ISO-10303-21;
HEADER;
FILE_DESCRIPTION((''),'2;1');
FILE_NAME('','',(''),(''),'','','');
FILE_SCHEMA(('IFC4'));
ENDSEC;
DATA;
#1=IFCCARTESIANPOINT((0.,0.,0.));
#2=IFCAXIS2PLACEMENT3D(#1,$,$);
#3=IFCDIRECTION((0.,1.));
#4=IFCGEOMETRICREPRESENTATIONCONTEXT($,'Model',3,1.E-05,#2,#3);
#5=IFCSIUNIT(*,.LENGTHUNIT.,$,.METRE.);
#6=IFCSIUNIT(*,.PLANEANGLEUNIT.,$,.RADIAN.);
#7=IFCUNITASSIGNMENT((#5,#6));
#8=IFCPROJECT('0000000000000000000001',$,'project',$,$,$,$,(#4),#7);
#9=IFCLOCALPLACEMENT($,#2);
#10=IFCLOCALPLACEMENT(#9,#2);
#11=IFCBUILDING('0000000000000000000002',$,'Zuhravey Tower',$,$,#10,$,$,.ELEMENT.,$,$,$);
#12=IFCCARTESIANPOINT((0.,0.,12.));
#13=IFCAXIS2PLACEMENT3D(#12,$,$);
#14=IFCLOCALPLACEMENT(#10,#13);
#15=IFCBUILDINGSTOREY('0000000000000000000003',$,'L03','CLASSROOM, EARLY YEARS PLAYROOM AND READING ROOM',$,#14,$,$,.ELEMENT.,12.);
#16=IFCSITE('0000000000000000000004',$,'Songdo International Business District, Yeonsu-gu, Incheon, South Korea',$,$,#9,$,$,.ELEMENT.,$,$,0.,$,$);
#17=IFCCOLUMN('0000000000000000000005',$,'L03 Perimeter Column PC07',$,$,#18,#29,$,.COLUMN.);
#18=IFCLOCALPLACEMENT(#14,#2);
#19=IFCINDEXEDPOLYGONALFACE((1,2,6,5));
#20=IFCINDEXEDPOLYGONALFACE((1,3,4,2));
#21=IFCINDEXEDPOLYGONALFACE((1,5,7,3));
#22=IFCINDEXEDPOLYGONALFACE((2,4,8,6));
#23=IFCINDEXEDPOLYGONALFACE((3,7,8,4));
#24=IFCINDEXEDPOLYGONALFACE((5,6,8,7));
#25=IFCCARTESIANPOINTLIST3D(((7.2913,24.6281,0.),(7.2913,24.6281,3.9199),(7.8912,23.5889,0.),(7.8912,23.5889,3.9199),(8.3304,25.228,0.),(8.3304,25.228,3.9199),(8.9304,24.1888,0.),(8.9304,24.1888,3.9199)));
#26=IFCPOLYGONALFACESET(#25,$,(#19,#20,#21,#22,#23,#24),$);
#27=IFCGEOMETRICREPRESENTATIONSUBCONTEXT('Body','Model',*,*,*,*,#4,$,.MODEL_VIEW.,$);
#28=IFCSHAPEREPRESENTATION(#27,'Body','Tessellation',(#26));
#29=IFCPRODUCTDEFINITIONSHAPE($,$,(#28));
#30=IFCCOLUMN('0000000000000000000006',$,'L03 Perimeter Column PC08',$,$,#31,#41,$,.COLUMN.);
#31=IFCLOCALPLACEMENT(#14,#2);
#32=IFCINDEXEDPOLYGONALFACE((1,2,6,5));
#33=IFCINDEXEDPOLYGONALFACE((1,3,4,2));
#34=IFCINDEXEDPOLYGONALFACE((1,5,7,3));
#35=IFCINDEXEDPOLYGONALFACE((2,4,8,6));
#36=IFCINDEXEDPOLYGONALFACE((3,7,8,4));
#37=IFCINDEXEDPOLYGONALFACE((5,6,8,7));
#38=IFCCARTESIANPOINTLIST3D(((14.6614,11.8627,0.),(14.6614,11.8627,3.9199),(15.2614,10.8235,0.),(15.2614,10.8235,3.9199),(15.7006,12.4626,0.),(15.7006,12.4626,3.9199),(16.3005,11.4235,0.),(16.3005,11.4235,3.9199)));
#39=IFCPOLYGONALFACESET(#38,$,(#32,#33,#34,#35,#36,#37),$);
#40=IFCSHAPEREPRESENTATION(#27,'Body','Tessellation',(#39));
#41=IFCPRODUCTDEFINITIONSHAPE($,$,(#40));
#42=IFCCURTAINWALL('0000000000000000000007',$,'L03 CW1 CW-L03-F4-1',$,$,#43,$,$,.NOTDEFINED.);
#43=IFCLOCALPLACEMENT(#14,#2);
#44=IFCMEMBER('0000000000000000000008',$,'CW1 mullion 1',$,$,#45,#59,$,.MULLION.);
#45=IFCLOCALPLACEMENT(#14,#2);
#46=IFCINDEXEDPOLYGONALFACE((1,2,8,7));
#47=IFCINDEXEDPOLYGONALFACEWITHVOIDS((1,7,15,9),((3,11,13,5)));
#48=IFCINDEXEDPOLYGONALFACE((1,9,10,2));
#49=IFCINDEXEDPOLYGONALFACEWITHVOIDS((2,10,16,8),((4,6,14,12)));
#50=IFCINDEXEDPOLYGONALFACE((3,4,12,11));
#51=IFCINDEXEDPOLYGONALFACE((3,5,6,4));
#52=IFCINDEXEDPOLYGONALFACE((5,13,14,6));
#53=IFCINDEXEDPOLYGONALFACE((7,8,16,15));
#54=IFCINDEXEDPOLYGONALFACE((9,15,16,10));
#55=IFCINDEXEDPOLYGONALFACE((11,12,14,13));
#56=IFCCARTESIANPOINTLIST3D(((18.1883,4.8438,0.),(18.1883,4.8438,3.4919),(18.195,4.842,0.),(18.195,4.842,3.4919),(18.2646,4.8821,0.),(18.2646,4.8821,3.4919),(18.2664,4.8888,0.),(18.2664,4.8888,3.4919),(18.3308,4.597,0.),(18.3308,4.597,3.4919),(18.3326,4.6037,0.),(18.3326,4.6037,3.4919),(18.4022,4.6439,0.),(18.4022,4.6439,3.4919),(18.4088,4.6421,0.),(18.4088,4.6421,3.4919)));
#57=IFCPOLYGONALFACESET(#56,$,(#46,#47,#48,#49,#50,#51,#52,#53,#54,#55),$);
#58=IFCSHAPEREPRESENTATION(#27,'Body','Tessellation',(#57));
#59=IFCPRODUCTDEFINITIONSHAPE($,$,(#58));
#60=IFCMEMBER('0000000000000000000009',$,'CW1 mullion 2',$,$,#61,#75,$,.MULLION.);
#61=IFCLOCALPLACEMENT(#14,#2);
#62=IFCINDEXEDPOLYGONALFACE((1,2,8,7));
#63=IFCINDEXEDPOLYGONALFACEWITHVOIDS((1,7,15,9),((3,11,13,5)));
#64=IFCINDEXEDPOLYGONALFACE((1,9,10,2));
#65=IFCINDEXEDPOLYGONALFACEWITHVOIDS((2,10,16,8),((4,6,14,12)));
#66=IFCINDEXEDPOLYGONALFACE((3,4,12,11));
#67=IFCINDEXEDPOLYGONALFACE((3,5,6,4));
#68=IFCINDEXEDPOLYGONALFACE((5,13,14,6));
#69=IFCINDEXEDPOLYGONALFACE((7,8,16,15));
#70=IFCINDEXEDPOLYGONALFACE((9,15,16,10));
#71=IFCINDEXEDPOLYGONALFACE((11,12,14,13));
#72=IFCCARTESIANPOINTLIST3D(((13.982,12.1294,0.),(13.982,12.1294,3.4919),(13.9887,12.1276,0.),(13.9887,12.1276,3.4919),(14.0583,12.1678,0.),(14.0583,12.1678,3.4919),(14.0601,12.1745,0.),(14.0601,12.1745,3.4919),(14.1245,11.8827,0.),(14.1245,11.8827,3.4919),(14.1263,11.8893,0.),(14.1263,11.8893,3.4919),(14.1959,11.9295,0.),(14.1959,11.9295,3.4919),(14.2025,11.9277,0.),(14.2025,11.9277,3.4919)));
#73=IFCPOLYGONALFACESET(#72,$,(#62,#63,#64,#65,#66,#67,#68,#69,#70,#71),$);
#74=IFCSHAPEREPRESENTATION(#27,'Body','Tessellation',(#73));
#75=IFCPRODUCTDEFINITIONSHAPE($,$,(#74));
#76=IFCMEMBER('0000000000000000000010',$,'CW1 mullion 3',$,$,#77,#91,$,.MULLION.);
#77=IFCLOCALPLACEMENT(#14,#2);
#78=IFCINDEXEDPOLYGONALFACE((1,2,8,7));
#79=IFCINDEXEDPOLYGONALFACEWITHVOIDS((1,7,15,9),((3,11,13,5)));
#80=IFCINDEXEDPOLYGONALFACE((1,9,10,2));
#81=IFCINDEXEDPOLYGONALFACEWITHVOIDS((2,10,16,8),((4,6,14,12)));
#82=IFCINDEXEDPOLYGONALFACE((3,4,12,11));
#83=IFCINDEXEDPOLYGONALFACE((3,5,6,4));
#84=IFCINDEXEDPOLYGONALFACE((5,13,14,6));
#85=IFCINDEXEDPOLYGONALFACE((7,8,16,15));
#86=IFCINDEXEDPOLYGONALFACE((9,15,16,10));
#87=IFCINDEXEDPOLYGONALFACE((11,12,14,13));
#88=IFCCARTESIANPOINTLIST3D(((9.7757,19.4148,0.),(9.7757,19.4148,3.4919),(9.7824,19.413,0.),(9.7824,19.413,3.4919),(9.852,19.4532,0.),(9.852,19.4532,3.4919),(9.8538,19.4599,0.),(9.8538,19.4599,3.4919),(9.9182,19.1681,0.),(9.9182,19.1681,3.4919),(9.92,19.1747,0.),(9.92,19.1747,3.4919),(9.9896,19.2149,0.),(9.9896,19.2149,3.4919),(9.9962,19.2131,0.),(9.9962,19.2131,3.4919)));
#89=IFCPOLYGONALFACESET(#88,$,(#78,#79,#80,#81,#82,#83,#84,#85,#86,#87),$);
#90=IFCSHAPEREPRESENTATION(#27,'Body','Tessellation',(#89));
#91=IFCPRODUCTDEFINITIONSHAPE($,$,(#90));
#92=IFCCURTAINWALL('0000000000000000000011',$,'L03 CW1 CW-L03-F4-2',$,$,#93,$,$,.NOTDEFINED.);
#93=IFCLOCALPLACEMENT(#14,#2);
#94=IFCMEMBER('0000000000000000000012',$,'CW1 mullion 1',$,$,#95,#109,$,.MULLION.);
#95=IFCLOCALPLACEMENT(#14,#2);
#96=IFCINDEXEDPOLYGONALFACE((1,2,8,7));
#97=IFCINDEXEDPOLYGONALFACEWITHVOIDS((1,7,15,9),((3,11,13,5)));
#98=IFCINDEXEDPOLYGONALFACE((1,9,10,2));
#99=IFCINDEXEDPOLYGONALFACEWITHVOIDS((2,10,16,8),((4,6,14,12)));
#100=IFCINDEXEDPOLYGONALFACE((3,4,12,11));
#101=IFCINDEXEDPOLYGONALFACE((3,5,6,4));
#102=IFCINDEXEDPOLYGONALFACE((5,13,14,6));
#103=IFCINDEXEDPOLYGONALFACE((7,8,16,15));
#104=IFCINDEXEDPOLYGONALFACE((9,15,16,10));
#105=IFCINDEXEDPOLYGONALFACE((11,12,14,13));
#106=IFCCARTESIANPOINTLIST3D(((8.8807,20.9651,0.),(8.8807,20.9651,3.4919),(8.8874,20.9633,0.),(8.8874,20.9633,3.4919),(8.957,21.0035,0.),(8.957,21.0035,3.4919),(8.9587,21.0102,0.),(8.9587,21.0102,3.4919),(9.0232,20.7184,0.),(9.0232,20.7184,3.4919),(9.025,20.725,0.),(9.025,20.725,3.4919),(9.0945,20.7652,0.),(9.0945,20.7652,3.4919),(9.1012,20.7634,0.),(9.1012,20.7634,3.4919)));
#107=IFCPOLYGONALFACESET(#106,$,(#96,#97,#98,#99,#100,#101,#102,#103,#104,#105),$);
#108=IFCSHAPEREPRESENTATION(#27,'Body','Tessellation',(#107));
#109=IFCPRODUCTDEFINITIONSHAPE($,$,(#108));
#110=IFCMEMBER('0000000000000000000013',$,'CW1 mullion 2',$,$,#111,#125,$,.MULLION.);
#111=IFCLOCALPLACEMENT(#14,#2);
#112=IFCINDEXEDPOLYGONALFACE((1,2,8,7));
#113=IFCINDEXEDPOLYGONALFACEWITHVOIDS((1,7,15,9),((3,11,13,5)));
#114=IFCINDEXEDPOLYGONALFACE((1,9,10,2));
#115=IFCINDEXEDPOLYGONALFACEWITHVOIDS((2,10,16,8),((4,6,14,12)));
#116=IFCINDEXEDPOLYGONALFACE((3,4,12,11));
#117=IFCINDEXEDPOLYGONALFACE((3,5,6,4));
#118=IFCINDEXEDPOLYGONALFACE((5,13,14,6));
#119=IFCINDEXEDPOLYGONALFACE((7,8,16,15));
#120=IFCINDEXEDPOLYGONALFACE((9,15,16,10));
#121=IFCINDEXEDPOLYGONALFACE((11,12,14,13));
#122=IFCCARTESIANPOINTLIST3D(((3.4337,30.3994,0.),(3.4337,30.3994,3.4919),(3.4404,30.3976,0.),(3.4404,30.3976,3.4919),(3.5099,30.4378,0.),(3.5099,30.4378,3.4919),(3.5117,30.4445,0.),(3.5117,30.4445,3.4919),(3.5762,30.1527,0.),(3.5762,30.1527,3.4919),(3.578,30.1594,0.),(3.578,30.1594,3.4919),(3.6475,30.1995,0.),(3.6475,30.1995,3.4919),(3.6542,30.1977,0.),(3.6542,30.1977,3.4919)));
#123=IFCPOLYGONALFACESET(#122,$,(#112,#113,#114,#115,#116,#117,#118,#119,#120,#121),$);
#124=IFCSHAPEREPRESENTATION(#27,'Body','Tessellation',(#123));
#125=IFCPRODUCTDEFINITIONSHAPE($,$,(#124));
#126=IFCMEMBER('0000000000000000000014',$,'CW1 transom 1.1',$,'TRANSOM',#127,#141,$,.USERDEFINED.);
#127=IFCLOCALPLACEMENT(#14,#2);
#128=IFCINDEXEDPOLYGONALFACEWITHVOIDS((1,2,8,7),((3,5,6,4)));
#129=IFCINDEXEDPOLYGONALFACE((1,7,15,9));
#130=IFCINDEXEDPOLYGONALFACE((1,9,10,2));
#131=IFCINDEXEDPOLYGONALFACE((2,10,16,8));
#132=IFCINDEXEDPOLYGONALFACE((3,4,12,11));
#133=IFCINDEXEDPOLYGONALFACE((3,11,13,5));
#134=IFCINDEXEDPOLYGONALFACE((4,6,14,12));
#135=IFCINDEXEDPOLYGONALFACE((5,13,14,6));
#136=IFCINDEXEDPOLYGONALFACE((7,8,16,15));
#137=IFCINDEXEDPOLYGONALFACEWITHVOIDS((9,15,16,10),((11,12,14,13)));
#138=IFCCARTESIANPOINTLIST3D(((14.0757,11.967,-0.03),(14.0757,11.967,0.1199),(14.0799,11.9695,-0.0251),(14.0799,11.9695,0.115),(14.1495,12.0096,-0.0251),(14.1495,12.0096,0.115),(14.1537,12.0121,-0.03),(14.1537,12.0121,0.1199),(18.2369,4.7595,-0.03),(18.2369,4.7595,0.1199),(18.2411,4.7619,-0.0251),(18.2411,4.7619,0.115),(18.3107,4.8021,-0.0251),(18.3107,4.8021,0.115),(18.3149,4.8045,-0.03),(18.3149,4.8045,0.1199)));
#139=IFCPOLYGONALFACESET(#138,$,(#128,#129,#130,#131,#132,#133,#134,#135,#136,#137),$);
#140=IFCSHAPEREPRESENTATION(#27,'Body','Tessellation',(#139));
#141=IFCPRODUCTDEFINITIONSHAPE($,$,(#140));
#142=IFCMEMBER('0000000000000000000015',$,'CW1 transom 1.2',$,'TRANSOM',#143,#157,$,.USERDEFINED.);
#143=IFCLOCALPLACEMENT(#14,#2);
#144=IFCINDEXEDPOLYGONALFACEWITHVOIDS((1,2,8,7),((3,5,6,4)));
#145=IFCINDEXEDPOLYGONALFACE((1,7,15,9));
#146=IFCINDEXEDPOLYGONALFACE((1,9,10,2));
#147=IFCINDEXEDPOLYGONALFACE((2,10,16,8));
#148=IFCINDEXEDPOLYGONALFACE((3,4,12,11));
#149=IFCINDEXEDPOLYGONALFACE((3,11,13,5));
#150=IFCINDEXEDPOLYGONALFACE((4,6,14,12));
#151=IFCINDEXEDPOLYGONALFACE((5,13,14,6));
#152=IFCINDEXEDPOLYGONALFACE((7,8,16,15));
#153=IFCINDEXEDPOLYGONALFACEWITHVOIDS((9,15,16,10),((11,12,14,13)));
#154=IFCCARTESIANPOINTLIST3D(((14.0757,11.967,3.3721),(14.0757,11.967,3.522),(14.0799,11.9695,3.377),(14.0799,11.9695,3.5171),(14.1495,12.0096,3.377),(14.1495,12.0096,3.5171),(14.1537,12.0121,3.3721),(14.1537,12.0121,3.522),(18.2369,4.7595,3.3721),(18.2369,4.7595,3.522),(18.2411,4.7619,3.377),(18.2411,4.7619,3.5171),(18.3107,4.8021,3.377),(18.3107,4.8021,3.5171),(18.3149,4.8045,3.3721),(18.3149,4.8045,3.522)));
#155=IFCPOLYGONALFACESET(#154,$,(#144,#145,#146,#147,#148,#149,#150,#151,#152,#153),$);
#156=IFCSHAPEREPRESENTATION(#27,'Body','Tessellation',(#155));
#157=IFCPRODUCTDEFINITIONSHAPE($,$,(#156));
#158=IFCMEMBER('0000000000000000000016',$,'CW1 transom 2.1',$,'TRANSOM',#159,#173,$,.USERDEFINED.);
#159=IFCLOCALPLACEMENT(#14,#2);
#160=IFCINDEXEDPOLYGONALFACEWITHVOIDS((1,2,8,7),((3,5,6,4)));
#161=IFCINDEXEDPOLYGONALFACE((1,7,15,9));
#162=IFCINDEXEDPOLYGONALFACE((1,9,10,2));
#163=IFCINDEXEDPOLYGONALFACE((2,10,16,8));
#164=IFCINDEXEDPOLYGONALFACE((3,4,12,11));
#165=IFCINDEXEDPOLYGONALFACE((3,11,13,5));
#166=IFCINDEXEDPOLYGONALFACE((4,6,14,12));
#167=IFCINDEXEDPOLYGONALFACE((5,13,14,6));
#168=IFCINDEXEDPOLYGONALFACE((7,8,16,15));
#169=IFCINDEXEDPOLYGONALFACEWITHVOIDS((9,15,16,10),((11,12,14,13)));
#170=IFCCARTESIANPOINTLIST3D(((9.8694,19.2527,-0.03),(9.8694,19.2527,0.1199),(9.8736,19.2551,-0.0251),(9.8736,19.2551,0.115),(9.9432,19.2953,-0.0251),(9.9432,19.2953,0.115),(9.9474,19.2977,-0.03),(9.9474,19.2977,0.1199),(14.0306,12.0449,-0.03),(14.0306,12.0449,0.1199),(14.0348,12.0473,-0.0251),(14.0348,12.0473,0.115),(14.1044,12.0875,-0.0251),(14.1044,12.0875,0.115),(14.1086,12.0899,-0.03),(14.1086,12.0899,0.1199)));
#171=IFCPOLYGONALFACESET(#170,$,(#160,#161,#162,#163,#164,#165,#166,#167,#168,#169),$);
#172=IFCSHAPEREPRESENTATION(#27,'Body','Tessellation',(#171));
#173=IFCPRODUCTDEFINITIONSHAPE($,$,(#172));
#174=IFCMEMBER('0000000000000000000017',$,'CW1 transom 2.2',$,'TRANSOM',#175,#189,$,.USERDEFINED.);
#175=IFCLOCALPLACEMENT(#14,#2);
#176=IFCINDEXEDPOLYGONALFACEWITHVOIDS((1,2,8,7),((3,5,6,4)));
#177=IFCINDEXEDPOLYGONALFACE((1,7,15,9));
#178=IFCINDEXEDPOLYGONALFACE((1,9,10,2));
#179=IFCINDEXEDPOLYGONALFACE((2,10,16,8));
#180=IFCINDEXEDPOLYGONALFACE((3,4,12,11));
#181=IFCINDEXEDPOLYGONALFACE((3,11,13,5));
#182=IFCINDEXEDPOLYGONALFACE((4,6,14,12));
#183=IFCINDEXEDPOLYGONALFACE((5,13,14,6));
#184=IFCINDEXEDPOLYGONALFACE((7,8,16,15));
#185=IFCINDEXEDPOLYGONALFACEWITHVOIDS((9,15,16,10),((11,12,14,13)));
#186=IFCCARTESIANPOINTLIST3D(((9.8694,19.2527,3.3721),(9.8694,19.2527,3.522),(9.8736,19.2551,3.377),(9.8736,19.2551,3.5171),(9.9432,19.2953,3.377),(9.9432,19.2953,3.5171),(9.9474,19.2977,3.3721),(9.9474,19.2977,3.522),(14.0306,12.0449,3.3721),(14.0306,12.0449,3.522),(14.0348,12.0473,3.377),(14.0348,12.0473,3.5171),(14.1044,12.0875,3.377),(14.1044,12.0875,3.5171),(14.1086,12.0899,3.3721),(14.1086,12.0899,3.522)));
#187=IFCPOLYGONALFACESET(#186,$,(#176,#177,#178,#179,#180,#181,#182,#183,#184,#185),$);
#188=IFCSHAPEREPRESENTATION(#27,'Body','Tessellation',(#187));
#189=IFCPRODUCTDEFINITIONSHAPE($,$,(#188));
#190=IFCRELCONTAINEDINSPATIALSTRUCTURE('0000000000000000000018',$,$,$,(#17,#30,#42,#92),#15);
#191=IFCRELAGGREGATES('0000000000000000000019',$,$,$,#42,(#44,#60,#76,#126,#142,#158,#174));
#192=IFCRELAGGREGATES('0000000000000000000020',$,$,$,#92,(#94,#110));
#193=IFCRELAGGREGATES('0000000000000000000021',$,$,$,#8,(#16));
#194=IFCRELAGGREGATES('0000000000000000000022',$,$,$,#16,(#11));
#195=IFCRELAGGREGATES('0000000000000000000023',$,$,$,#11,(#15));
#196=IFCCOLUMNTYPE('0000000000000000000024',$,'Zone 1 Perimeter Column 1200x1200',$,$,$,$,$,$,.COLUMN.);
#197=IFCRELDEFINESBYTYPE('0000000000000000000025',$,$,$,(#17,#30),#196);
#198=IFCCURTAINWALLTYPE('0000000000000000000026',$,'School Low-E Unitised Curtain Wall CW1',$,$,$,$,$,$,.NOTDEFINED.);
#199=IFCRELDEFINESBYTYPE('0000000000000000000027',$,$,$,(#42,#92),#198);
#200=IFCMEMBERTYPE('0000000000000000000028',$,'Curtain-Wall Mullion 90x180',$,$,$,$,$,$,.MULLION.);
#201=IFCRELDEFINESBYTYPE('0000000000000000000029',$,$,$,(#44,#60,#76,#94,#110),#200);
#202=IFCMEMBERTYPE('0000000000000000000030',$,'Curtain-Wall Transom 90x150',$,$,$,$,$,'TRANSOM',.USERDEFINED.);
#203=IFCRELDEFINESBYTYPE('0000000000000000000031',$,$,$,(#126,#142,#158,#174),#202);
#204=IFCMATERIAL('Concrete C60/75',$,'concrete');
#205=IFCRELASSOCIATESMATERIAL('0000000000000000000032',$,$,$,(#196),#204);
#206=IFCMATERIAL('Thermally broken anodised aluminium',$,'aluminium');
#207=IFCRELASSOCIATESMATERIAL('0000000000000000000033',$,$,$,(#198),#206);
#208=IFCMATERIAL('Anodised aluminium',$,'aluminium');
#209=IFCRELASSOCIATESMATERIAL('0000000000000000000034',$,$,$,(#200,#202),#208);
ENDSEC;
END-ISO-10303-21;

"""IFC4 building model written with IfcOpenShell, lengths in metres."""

from ifc_helpers import new_model, si_unit, direction, frame, origin, origin_2d, place, context, subcontext, project, spatial, rectangle, hollow_rectangle, extrude, material, material_profile, profile_set, type_object, element, aggregate, save


model = new_model("IFC4")

# Units and contexts
model_context = context("Model", 3, precision=1e-05, world=origin(), true_north=direction((0.0, 1.0)))
body_context = subcontext(model_context, "Body", "Model", "MODEL_VIEW")
ifc_project = project(units=[si_unit("LENGTHUNIT", "METRE"), si_unit("PLANEANGLEUNIT", "RADIAN")], contexts=[model_context])

# Site, building, storey
site_placement = place(None, origin())
site = spatial("IfcSite", under=ifc_project, at=site_placement, Name="Songdo International Business District, Yeonsu-gu, Incheon, South Korea", CompositionType="ELEMENT", RefElevation=0.0)
building_placement = place(site_placement, origin())
building = spatial("IfcBuilding", under=site, at=building_placement, Name="Zuhravey Tower", CompositionType="ELEMENT")
storey_placement = place(building_placement, frame((0.0, 0.0, 12.0)))
storey = spatial("IfcBuildingStorey", under=building, at=storey_placement, Name="L03", Description="CLASSROOM, EARLY YEARS PLAYROOM AND READING ROOM", CompositionType="ELEMENT", Elevation=12.0)

# Columns
ifc_material_1 = material(Name="Concrete C60/75", Category="concrete")
ifc_material_profile_1 = material_profile(ifc_material_1, rectangle(XDim=1.2, YDim=1.2, at=origin_2d()), Name="RC-1200x1200")
ifc_profile_set_1 = profile_set([ifc_material_profile_1], Name="Concrete C60/75")
column_type = type_object("IfcColumnType", Name="Zone 1 Perimeter Column 1200x1200", PredefinedType="COLUMN", material=ifc_profile_set_1)
for number, where, z_axis, x_axis, name in (
    (1, (8.1108, 24.4084, 0.0), (0.0, 0.0, 1.0), (0.5, -0.866025, 0.0), "L03 Perimeter Column PC07"),
    (2, (15.481, 11.6431, 0.0), (0.0, 0.0, 1.0), (0.5, -0.866025, 0.0), "L03 Perimeter Column PC08"),
):
    element("IfcColumn", number, at=place(storey_placement, frame(where, z_axis=z_axis, x_axis=x_axis)), inside=storey, type_object=column_type, Name=name, PredefinedType="COLUMN", context=body_context, shape_type="SweptSolid", body=[
        extrude(rectangle(XDim=1.2, YDim=1.2, at=origin_2d()), origin(), (0.0, 0.0, 1.0), 3.9199),
    ])

# Curtain walls, members
ifc_material_2 = material(Name="Thermally broken anodised aluminium", Category="aluminium")
curtain_wall_type = type_object("IfcCurtainWallType", Name="School Low-E Unitised Curtain Wall CW1", PredefinedType="NOTDEFINED", material=ifc_material_2)
curtain_wall_1_placement = place(storey_placement, origin())
curtain_wall_1 = element("IfcCurtainWall", 3, at=curtain_wall_1_placement, inside=storey, type_object=curtain_wall_type, Name="L03 CW1 CW-L03-F4-1", PredefinedType="NOTDEFINED")
ifc_material_3 = material(Name="Anodised aluminium", Category="aluminium")
ifc_material_profile_2 = material_profile(ifc_material_3, hollow_rectangle(XDim=0.0901, YDim=0.2849, WallThickness=0.0049, at=origin_2d()), Name="ALU-RHS-90x285x5")
ifc_profile_set_2 = profile_set([ifc_material_profile_2], Name="Anodised aluminium")
member_type_1 = type_object("IfcMemberType", Name="Curtain-Wall Mullion 90x180", PredefinedType="MULLION", material=ifc_profile_set_2)
member_1_placement = place(storey_placement, frame((18.2986, 4.7429, 0.0), z_axis=(0.0, 0.0, 1.0), x_axis=(-0.866026, -0.5, 0.0)))
member_1 = element("IfcMember", 4, at=member_1_placement, type_object=member_type_1, Name="CW1 mullion 1", PredefinedType="MULLION", context=body_context, shape_type="SweptSolid", body=[
    extrude(hollow_rectangle(XDim=0.0901, YDim=0.2849, WallThickness=0.0049, at=origin_2d()), origin(), (0.0, 0.0, 1.0), 3.4919),
])
member_2_placement = place(storey_placement, frame((14.0923, 12.0286, 0.0), z_axis=(0.0, 0.0, 1.0), x_axis=(-0.866026, -0.5, 0.0)))
member_2 = element("IfcMember", 5, at=member_2_placement, type_object=member_type_1, Name="CW1 mullion 2", PredefinedType="MULLION", context=body_context, shape_type="SweptSolid", body=[
    extrude(hollow_rectangle(XDim=0.0901, YDim=0.2849, WallThickness=0.0049, at=origin_2d()), origin(), (0.0, 0.0, 1.0), 3.4919),
])
member_3_placement = place(storey_placement, frame((9.886, 19.314, 0.0), z_axis=(0.0, 0.0, 1.0), x_axis=(-0.866026, -0.5, 0.0)))
member_3 = element("IfcMember", 6, at=member_3_placement, type_object=member_type_1, Name="CW1 mullion 3", PredefinedType="MULLION", context=body_context, shape_type="SweptSolid", body=[
    extrude(hollow_rectangle(XDim=0.0901, YDim=0.2849, WallThickness=0.0049, at=origin_2d()), origin(), (0.0, 0.0, 1.0), 3.4919),
])
curtain_wall_2_placement = place(storey_placement, origin())
curtain_wall_2 = element("IfcCurtainWall", 7, at=curtain_wall_2_placement, inside=storey, type_object=curtain_wall_type, Name="L03 CW1 CW-L03-F4-2", PredefinedType="NOTDEFINED")
member_4_placement = place(storey_placement, frame((8.991, 20.8643, 0.0), z_axis=(0.0, 0.0, 1.0), x_axis=(-0.866027, -0.499998, 0.0)))
member_4 = element("IfcMember", 8, at=member_4_placement, type_object=member_type_1, Name="CW1 mullion 1", PredefinedType="MULLION", context=body_context, shape_type="SweptSolid", body=[
    extrude(hollow_rectangle(XDim=0.0901, YDim=0.2849, WallThickness=0.0049, at=origin_2d()), origin(), (0.0, 0.0, 1.0), 3.4919),
])
member_5_placement = place(storey_placement, frame((3.5439, 30.2986, 0.0), z_axis=(0.0, 0.0, 1.0), x_axis=(-0.866027, -0.499998, 0.0)))
member_5 = element("IfcMember", 9, at=member_5_placement, type_object=member_type_1, Name="CW1 mullion 2", PredefinedType="MULLION", context=body_context, shape_type="SweptSolid", body=[
    extrude(hollow_rectangle(XDim=0.0901, YDim=0.2849, WallThickness=0.0049, at=origin_2d()), origin(), (0.0, 0.0, 1.0), 3.4919),
])

# Members
ifc_material_profile_3 = material_profile(ifc_material_3, hollow_rectangle(XDim=0.0901, YDim=0.1499, WallThickness=0.0049, at=origin_2d()), Name="ALU-RHS-90x150x5")
ifc_profile_set_3 = profile_set([ifc_material_profile_3], Name="Anodised aluminium")
member_type_2 = type_object("IfcMemberType", Name="Curtain-Wall Transom 90x150", ElementType="TRANSOM", PredefinedType="USERDEFINED", material=ifc_profile_set_3)
member_6_placement = place(storey_placement, frame((18.2759, 4.782, 0.0449), z_axis=(-0.499988, 0.866032, 0.0), x_axis=(-0.866032, -0.499988, 0.0)))
member_6 = element("IfcMember", 10, at=member_6_placement, type_object=member_type_2, Name="CW1 transom 1.1", ObjectType="TRANSOM", PredefinedType="USERDEFINED", context=body_context, shape_type="SweptSolid", body=[
    extrude(hollow_rectangle(XDim=0.0901, YDim=0.1499, WallThickness=0.0049, at=origin_2d()), origin(), (0.0, 0.0, 1.0), 8.3225),
])
member_7_placement = place(storey_placement, frame((18.2759, 4.782, 3.447), z_axis=(-0.499988, 0.866032, 0.0), x_axis=(-0.866032, -0.499988, 0.0)))
member_7 = element("IfcMember", 11, at=member_7_placement, type_object=member_type_2, Name="CW1 transom 1.2", ObjectType="TRANSOM", PredefinedType="USERDEFINED", context=body_context, shape_type="SweptSolid", body=[
    extrude(hollow_rectangle(XDim=0.0901, YDim=0.1499, WallThickness=0.0049, at=origin_2d()), origin(), (0.0, 0.0, 1.0), 8.3225),
])
member_8_placement = place(storey_placement, frame((14.0696, 12.0674, 0.0449), z_axis=(-0.499976, 0.86604, 0.0), x_axis=(-0.86604, -0.499976, 0.0)))
member_8 = element("IfcMember", 12, at=member_8_placement, type_object=member_type_2, Name="CW1 transom 2.1", ObjectType="TRANSOM", PredefinedType="USERDEFINED", context=body_context, shape_type="SweptSolid", body=[
    extrude(hollow_rectangle(XDim=0.0901, YDim=0.1499, WallThickness=0.0049, at=origin_2d()), origin(), (0.0, 0.0, 1.0), 8.3228),
])
member_9_placement = place(storey_placement, frame((14.0696, 12.0674, 3.447), z_axis=(-0.499976, 0.86604, 0.0), x_axis=(-0.86604, -0.499976, 0.0)))
member_9 = element("IfcMember", 13, at=member_9_placement, type_object=member_type_2, Name="CW1 transom 2.2", ObjectType="TRANSOM", PredefinedType="USERDEFINED", context=body_context, shape_type="SweptSolid", body=[
    extrude(hollow_rectangle(XDim=0.0901, YDim=0.1499, WallThickness=0.0049, at=origin_2d()), origin(), (0.0, 0.0, 1.0), 8.3228),
])

aggregate(curtain_wall_1, [member_1, member_2, member_3, member_6, member_7, member_8, member_9])
aggregate(curtain_wall_2, [member_4, member_5])

save(model, "model.ifc")
